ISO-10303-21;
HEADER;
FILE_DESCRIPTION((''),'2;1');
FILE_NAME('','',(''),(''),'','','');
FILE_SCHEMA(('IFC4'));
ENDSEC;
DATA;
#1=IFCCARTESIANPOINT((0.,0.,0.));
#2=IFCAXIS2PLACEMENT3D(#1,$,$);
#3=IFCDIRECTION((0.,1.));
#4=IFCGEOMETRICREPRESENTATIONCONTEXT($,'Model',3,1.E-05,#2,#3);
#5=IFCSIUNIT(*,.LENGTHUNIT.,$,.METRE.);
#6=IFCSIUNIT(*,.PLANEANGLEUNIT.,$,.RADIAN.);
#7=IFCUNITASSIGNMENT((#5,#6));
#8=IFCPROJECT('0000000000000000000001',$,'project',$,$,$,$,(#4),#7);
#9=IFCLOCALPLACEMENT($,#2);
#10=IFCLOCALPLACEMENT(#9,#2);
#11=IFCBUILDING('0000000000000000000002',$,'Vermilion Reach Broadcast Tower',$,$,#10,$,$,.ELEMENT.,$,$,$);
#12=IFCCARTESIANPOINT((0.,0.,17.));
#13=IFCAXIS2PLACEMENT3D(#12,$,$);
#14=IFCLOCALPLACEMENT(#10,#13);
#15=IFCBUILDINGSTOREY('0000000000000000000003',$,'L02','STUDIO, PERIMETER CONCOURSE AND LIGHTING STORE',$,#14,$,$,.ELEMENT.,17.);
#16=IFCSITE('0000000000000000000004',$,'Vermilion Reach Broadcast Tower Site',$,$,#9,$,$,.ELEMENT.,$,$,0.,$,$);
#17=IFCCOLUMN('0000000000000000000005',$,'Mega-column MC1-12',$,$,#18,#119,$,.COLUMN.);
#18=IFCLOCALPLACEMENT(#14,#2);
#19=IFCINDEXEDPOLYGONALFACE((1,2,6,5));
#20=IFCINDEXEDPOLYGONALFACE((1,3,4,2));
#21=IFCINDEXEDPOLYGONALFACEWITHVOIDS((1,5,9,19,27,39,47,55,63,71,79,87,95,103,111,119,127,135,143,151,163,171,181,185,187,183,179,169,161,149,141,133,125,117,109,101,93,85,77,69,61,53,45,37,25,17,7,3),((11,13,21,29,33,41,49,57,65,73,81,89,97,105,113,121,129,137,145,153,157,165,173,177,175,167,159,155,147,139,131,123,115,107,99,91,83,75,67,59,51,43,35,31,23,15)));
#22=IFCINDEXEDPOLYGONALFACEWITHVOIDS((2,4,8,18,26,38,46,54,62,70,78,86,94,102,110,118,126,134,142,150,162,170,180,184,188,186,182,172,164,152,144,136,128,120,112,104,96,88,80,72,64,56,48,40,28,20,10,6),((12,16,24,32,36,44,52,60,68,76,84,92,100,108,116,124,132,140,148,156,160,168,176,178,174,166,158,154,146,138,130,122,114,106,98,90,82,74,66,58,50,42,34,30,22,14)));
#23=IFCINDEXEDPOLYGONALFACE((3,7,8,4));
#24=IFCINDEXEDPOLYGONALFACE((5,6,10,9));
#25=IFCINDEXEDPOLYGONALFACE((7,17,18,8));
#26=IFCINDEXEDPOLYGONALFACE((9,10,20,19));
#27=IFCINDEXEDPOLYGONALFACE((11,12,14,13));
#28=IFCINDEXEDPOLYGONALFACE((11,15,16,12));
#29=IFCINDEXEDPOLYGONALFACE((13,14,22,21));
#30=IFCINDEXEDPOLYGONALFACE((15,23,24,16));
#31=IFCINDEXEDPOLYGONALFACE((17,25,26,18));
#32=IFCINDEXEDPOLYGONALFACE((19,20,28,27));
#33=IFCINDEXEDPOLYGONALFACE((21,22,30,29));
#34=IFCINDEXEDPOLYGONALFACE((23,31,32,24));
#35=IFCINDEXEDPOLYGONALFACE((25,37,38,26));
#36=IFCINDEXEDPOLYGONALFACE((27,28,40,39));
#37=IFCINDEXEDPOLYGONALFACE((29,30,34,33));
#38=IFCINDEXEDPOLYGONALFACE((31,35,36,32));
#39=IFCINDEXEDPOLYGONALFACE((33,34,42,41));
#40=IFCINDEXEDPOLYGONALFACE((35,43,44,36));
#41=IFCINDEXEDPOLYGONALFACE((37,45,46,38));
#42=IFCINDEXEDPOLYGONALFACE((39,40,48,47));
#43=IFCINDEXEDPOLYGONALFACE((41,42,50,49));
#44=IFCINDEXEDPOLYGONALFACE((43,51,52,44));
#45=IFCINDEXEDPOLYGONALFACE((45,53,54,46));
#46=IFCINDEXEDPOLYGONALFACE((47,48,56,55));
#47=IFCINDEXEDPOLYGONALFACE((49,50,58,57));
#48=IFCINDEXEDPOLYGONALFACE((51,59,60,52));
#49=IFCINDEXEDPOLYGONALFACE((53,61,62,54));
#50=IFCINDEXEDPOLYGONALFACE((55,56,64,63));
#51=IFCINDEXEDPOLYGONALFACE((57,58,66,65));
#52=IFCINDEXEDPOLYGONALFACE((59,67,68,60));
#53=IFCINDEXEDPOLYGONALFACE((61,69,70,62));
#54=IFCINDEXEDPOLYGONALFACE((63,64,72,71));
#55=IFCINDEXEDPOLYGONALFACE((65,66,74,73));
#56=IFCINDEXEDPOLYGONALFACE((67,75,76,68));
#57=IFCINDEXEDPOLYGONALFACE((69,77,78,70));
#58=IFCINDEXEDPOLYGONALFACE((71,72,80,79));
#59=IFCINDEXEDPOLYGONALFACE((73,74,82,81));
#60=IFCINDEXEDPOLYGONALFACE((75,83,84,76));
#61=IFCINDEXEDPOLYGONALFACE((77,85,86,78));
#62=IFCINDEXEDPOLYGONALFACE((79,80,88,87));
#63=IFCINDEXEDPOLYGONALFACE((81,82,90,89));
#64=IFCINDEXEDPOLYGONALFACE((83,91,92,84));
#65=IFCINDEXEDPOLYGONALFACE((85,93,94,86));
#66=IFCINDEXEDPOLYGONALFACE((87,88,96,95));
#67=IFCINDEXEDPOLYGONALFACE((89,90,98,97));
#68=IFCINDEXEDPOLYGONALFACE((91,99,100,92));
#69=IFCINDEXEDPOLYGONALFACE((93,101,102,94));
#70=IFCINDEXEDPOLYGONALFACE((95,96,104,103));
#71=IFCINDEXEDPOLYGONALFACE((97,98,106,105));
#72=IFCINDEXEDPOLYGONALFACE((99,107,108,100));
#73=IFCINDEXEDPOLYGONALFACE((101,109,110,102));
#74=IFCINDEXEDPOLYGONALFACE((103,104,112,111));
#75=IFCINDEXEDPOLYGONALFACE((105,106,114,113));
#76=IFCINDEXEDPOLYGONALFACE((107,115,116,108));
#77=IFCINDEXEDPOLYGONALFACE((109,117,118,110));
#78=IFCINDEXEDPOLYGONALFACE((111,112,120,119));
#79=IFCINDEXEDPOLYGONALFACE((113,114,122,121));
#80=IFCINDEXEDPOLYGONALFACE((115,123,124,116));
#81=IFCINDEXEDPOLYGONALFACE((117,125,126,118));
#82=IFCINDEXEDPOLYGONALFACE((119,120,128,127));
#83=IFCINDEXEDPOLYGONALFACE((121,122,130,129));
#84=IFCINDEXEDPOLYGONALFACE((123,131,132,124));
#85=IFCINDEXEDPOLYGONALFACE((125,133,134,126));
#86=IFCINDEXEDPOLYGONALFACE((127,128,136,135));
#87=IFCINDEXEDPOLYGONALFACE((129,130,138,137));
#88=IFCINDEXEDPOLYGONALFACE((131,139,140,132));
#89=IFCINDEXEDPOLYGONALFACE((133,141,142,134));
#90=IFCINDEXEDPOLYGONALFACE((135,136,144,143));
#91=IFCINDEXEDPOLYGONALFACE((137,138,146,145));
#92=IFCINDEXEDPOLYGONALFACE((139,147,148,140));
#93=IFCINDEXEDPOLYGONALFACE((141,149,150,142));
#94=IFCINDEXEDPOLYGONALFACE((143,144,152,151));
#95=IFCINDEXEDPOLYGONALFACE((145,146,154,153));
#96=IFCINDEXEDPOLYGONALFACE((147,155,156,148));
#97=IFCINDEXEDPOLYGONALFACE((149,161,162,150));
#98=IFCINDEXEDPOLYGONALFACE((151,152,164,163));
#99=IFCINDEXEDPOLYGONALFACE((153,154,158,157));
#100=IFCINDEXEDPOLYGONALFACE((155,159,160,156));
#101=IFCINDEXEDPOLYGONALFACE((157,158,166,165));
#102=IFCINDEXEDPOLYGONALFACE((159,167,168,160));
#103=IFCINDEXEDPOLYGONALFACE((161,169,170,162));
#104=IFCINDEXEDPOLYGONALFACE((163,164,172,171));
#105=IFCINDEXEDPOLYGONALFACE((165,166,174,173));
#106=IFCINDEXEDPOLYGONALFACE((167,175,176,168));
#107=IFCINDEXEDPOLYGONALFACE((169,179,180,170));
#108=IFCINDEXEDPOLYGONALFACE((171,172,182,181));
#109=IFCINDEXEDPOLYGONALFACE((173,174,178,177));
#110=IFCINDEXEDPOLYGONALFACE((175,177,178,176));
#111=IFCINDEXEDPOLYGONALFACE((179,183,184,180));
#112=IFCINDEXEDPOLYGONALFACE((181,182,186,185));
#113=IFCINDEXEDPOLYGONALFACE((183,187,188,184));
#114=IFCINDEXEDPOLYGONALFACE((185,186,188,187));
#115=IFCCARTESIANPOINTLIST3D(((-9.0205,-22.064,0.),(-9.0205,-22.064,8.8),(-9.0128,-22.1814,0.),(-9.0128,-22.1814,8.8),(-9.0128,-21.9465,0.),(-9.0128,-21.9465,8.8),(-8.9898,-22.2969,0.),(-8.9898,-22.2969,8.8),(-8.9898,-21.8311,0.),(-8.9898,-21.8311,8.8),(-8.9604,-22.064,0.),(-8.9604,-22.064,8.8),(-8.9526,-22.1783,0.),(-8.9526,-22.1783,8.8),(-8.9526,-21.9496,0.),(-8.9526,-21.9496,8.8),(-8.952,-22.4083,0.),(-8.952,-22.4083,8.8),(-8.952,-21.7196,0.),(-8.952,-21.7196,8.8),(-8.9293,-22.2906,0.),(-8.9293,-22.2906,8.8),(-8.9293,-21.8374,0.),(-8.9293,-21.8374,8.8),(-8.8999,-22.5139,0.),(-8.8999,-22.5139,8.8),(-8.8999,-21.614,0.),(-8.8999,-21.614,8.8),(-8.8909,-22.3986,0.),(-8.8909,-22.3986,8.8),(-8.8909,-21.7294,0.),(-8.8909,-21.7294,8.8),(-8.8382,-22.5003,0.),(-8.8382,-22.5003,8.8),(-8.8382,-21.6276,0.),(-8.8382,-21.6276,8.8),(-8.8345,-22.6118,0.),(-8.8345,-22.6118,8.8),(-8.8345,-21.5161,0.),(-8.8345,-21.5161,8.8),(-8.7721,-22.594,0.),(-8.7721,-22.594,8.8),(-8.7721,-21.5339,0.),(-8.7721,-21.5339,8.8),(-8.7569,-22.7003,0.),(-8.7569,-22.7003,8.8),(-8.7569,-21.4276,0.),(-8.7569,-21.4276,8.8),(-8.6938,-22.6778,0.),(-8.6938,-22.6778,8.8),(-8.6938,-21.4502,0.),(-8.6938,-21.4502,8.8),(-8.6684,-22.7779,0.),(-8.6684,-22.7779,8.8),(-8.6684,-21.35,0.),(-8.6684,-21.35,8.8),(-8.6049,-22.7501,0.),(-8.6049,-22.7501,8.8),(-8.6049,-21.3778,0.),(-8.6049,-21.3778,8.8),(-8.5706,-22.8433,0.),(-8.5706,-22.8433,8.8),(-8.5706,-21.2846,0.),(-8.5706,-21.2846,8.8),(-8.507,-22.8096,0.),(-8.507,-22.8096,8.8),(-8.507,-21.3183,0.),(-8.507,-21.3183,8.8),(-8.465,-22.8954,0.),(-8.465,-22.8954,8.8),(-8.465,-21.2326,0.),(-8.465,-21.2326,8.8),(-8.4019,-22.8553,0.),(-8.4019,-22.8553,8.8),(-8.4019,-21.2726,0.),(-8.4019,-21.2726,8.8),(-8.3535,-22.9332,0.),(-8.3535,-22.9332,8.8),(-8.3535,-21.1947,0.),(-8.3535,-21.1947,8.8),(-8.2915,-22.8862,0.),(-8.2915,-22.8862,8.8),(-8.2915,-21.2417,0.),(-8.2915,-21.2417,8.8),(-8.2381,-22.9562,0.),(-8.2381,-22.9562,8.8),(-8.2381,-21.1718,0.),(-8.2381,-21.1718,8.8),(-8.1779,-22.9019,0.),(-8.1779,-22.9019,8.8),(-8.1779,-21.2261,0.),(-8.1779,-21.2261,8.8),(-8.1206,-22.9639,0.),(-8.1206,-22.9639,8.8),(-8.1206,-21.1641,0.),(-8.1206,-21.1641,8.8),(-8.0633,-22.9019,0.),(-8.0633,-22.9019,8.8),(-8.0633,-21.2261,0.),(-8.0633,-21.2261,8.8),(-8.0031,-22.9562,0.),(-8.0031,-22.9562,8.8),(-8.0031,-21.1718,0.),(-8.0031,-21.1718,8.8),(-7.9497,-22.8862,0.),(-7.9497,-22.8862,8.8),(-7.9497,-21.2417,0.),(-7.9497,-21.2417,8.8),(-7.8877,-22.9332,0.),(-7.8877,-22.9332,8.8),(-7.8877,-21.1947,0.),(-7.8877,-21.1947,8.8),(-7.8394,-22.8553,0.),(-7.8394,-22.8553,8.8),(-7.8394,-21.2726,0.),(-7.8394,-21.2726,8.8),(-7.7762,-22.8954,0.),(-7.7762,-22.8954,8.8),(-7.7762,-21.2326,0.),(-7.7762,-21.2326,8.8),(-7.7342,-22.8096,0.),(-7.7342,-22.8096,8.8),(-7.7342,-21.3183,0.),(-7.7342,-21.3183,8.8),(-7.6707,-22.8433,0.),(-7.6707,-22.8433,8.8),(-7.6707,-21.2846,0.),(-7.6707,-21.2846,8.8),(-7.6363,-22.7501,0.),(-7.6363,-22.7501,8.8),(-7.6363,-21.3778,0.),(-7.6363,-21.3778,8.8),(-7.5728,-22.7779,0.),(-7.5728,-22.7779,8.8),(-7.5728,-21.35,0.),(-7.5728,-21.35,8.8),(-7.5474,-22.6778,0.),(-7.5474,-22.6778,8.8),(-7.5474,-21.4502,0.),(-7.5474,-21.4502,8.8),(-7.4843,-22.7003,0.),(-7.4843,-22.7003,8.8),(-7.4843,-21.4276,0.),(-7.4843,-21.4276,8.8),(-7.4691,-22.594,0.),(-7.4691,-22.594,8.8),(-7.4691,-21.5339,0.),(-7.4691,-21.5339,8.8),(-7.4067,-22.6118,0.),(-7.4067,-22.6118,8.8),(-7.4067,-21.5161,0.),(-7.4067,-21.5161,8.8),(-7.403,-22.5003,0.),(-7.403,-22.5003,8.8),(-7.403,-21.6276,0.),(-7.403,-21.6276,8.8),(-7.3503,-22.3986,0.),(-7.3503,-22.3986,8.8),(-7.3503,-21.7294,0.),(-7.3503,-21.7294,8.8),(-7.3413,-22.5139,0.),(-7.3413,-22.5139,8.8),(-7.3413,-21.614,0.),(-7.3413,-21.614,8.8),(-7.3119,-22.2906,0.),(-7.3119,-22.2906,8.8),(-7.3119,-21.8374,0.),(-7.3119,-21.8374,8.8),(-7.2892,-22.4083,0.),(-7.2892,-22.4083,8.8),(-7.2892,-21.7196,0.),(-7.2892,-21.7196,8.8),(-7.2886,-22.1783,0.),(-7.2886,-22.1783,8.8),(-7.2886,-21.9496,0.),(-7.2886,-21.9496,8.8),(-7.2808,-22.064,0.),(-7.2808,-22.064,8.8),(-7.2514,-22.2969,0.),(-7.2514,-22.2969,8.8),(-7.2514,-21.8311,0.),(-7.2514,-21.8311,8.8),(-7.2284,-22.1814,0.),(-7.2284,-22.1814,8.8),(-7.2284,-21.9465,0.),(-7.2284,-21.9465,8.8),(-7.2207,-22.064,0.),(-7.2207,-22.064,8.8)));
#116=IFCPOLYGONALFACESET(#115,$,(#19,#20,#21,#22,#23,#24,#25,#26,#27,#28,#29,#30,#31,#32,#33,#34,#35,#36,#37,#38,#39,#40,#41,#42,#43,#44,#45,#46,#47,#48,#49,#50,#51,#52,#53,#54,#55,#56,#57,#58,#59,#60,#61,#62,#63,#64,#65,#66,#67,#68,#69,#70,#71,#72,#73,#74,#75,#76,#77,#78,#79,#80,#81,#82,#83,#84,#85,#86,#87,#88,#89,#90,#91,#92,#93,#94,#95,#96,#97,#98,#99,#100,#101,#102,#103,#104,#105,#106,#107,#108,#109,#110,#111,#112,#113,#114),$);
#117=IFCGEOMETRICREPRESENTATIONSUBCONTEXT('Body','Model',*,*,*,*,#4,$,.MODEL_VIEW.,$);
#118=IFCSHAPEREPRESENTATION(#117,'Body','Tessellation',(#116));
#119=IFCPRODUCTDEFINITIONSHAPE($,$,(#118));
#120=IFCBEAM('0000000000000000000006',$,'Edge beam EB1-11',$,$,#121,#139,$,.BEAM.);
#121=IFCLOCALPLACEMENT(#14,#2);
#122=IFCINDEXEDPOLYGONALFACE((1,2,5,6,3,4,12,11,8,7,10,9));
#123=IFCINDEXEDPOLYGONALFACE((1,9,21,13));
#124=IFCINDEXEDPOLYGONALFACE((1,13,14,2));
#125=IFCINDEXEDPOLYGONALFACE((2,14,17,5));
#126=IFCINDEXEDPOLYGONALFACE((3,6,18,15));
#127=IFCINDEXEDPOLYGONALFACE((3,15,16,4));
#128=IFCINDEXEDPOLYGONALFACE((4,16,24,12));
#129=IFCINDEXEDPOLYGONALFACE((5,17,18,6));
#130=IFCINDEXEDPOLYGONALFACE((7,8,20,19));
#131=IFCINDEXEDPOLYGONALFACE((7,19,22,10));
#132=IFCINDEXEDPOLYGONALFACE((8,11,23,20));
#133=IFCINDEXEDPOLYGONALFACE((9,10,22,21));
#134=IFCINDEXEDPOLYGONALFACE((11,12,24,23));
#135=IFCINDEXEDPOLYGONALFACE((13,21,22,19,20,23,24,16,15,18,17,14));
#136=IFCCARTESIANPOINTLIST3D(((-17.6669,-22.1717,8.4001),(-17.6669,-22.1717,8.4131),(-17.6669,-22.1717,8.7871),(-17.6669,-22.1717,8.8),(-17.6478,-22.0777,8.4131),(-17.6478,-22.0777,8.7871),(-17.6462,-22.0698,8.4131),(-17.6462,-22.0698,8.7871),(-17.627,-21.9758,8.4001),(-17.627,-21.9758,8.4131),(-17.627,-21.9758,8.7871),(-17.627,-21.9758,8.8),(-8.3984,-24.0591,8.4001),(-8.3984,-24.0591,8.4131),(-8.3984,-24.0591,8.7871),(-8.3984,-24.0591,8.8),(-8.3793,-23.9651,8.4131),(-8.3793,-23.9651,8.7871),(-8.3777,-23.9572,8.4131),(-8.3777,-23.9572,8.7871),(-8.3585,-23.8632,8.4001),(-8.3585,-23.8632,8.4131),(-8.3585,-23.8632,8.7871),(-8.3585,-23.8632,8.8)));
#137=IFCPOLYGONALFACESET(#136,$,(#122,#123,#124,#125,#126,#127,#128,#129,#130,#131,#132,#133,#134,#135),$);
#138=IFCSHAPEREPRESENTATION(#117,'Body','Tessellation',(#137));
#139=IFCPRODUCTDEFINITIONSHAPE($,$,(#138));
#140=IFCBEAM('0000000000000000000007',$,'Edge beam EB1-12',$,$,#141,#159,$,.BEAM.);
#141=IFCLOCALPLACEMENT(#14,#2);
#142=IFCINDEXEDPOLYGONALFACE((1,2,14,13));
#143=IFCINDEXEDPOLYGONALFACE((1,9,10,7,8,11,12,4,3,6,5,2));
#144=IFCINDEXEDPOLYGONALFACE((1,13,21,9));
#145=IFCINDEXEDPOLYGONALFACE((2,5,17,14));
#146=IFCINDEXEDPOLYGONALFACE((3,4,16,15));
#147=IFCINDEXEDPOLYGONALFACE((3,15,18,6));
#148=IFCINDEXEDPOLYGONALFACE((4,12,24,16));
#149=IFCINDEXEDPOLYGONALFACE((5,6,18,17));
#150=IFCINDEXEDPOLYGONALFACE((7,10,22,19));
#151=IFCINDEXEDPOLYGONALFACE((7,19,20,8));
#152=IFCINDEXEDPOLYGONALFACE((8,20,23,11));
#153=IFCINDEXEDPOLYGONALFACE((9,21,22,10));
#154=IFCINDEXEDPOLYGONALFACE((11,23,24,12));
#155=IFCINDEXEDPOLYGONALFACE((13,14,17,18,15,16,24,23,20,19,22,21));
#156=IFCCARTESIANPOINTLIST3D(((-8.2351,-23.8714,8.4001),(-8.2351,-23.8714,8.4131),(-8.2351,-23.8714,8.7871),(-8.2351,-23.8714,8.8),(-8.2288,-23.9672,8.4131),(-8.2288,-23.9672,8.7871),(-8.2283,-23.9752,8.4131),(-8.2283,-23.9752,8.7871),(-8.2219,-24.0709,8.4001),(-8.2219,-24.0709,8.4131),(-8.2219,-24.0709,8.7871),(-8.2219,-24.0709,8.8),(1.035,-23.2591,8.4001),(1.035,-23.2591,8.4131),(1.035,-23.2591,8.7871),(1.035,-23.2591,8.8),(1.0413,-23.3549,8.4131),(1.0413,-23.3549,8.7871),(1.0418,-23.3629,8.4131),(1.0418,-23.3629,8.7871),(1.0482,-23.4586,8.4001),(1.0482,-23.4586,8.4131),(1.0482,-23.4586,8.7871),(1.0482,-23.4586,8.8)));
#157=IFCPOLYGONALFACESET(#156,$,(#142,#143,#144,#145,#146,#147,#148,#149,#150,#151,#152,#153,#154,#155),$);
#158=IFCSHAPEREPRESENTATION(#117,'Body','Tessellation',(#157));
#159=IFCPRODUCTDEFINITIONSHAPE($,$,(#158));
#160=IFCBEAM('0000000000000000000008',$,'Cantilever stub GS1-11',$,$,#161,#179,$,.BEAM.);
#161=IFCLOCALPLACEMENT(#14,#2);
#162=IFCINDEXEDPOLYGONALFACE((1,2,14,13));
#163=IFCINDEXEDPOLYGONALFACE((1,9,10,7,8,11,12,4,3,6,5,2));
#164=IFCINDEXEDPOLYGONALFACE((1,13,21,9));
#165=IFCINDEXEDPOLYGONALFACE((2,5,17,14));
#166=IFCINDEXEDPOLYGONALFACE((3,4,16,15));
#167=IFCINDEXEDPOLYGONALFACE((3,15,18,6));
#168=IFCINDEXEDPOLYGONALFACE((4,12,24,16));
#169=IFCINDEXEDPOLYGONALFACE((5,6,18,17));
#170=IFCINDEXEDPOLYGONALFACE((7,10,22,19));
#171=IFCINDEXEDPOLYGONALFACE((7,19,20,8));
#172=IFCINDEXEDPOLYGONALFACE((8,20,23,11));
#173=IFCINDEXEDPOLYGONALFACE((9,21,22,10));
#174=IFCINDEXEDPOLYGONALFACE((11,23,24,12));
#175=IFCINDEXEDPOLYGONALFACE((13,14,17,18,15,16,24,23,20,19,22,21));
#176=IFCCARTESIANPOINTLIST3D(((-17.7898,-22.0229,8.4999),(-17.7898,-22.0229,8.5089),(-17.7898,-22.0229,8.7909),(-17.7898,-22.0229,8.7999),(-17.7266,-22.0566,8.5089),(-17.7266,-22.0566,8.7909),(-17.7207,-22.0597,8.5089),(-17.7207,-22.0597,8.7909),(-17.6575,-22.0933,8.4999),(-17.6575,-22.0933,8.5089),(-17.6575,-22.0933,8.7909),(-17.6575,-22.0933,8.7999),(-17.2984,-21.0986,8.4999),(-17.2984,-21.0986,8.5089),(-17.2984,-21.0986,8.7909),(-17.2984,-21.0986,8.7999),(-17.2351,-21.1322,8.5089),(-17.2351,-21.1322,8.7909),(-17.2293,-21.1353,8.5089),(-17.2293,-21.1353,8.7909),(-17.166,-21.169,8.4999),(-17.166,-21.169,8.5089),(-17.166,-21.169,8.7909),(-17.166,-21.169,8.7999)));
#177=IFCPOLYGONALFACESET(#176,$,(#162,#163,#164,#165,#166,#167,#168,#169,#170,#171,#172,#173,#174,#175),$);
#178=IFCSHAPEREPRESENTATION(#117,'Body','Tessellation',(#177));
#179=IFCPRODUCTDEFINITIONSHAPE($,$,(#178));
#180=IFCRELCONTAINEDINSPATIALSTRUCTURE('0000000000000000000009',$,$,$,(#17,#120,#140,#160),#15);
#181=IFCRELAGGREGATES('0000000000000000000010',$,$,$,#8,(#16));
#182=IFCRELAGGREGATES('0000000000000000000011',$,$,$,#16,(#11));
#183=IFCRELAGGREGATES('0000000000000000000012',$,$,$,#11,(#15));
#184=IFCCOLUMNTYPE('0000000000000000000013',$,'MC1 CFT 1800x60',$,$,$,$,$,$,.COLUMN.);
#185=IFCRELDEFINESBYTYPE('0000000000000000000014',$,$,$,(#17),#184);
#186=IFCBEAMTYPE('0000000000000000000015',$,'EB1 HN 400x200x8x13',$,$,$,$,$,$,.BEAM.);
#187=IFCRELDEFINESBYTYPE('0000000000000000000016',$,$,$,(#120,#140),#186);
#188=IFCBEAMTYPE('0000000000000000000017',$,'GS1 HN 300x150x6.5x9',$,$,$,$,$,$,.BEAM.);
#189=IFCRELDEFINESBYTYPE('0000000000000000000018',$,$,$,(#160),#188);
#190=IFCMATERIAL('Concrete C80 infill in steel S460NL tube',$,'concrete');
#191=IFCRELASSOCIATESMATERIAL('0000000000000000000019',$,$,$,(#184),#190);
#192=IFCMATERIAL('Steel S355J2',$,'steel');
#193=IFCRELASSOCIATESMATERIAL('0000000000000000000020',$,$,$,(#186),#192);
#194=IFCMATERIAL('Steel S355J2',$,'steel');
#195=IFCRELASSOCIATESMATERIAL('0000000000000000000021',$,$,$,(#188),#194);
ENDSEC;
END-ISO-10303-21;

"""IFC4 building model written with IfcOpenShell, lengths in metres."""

from ifc_helpers import new_model, si_unit, direction, frame, origin, origin_2d, place, context, subcontext, project, spatial, hollow_circle, i_section, extrude, material, material_profile, profile_set, type_object, element, save


model = new_model("IFC4")

# Units and contexts
model_context = context("Model", 3, precision=1e-05, world=origin(), true_north=direction((0.0, 1.0)))
body_context = subcontext(model_context, "Body", "Model", "MODEL_VIEW")
ifc_project = project(units=[si_unit("LENGTHUNIT", "METRE"), si_unit("PLANEANGLEUNIT", "RADIAN")], contexts=[model_context])

# Site, building, storey
site_placement = place(None, origin())
site = spatial("IfcSite", under=ifc_project, at=site_placement, Name="Vermilion Reach Broadcast Tower Site", CompositionType="ELEMENT", RefElevation=0.0)
building_placement = place(site_placement, origin())
building = spatial("IfcBuilding", under=site, at=building_placement, Name="Vermilion Reach Broadcast Tower", CompositionType="ELEMENT")
storey_placement = place(building_placement, frame((0.0, 0.0, 17.0)))
storey = spatial("IfcBuildingStorey", under=building, at=storey_placement, Name="L02", Description="STUDIO, PERIMETER CONCOURSE AND LIGHTING STORE", CompositionType="ELEMENT", Elevation=17.0)

# Column
ifc_material_1 = material(Name="Concrete C80 infill in steel S460NL tube", Category="concrete")
ifc_material_profile_1 = material_profile(ifc_material_1, hollow_circle(Radius=0.8999, WallThickness=0.0601, at=origin_2d()), Name="Concrete C80 infill in steel S460NL tube CFT 1800x60")
ifc_profile_set_1 = profile_set([ifc_material_profile_1], Name="Concrete C80 infill in steel S460NL tube")
column_type = type_object("IfcColumnType", Name="MC1 CFT 1800x60", PredefinedType="COLUMN", material=ifc_profile_set_1)
for number, where, z_axis, x_axis, name in (
    (1, (-8.1206, -22.064, 0.0), (0.0, 0.0, 1.0), (1.0, 0.0, 0.0), "Mega-column MC1-12"),
):
    element("IfcColumn", number, at=place(storey_placement, frame(where, z_axis=z_axis, x_axis=x_axis)), inside=storey, type_object=column_type, Name=name, PredefinedType="COLUMN", context=body_context, shape_type="SweptSolid", body=[
        extrude(hollow_circle(Radius=0.8999, WallThickness=0.0601, at=origin_2d()), origin(), (0.0, 0.0, 1.0), 8.8),
    ])

# Beams
ifc_material_2 = material(Name="Steel S355J2", Category="steel")
ifc_material_profile_2 = material_profile(ifc_material_2, i_section(OverallWidth=0.2, OverallDepth=0.3999, WebThickness=0.0081, FlangeThickness=0.0129, at=origin_2d()), Name="S355J2 HN 400x200x8x13")
ifc_profile_set_2 = profile_set([ifc_material_profile_2], Name="Steel S355J2")
beam_type_1 = type_object("IfcBeamType", Name="EB1 HN 400x200x8x13", PredefinedType="BEAM", material=ifc_profile_set_2)
beam_1_placement = place(storey_placement, frame((-17.647, -22.0737, 8.6001), z_axis=(0.979889, -0.199545, 0.0), x_axis=(0.199545, 0.979889, 0.0)))
element("IfcBeam", 2, at=beam_1_placement, inside=storey, type_object=beam_type_1, Name="Edge beam EB1-11", PredefinedType="BEAM", context=body_context, shape_type="SweptSolid", body=[
    extrude(i_section(OverallWidth=0.2, OverallDepth=0.3999, WebThickness=0.0081, FlangeThickness=0.0129, at=origin_2d()), origin(), (0.0, 0.0, 1.0), 9.4587),
])
beam_2_placement = place(storey_placement, frame((-8.2285, -23.9712, 8.6001), z_axis=(0.997826, 0.065909, 0.0), x_axis=(-0.065909, 0.997826, 0.0)))
element("IfcBeam", 3, at=beam_2_placement, inside=storey, type_object=beam_type_1, Name="Edge beam EB1-12", PredefinedType="BEAM", context=body_context, shape_type="SweptSolid", body=[
    extrude(i_section(OverallWidth=0.2, OverallDepth=0.3999, WebThickness=0.0081, FlangeThickness=0.0129, at=origin_2d()), origin(), (0.0, 0.0, 1.0), 9.2903),
])
ifc_material_3 = material(Name="Steel S355J2", Category="steel")
ifc_material_profile_3 = material_profile(ifc_material_3, i_section(OverallWidth=0.1499, OverallDepth=0.3, WebThickness=0.0066, FlangeThickness=0.009, at=origin_2d()), Name="S355J2 HN 300x150x6.5x9")
ifc_profile_set_3 = profile_set([ifc_material_profile_3], Name="Steel S355J2")
beam_type_2 = type_object("IfcBeamType", Name="GS1 HN 300x150x6.5x9", PredefinedType="BEAM", material=ifc_profile_set_3)
beam_3_placement = place(storey_placement, frame((-17.2322, -21.1338, 8.6499), z_axis=(-0.469462, -0.882953, 0.0), x_axis=(0.882953, -0.469462, 0.0)))
element("IfcBeam", 4, at=beam_3_placement, inside=storey, type_object=beam_type_2, Name="Cantilever stub GS1-11", PredefinedType="BEAM", context=body_context, shape_type="SweptSolid", body=[
    extrude(i_section(OverallWidth=0.1499, OverallDepth=0.3, WebThickness=0.0066, FlangeThickness=0.009, at=origin_2d()), origin(), (0.0, 0.0, 1.0), 1.0469),
])

save(model, "model.ifc")
